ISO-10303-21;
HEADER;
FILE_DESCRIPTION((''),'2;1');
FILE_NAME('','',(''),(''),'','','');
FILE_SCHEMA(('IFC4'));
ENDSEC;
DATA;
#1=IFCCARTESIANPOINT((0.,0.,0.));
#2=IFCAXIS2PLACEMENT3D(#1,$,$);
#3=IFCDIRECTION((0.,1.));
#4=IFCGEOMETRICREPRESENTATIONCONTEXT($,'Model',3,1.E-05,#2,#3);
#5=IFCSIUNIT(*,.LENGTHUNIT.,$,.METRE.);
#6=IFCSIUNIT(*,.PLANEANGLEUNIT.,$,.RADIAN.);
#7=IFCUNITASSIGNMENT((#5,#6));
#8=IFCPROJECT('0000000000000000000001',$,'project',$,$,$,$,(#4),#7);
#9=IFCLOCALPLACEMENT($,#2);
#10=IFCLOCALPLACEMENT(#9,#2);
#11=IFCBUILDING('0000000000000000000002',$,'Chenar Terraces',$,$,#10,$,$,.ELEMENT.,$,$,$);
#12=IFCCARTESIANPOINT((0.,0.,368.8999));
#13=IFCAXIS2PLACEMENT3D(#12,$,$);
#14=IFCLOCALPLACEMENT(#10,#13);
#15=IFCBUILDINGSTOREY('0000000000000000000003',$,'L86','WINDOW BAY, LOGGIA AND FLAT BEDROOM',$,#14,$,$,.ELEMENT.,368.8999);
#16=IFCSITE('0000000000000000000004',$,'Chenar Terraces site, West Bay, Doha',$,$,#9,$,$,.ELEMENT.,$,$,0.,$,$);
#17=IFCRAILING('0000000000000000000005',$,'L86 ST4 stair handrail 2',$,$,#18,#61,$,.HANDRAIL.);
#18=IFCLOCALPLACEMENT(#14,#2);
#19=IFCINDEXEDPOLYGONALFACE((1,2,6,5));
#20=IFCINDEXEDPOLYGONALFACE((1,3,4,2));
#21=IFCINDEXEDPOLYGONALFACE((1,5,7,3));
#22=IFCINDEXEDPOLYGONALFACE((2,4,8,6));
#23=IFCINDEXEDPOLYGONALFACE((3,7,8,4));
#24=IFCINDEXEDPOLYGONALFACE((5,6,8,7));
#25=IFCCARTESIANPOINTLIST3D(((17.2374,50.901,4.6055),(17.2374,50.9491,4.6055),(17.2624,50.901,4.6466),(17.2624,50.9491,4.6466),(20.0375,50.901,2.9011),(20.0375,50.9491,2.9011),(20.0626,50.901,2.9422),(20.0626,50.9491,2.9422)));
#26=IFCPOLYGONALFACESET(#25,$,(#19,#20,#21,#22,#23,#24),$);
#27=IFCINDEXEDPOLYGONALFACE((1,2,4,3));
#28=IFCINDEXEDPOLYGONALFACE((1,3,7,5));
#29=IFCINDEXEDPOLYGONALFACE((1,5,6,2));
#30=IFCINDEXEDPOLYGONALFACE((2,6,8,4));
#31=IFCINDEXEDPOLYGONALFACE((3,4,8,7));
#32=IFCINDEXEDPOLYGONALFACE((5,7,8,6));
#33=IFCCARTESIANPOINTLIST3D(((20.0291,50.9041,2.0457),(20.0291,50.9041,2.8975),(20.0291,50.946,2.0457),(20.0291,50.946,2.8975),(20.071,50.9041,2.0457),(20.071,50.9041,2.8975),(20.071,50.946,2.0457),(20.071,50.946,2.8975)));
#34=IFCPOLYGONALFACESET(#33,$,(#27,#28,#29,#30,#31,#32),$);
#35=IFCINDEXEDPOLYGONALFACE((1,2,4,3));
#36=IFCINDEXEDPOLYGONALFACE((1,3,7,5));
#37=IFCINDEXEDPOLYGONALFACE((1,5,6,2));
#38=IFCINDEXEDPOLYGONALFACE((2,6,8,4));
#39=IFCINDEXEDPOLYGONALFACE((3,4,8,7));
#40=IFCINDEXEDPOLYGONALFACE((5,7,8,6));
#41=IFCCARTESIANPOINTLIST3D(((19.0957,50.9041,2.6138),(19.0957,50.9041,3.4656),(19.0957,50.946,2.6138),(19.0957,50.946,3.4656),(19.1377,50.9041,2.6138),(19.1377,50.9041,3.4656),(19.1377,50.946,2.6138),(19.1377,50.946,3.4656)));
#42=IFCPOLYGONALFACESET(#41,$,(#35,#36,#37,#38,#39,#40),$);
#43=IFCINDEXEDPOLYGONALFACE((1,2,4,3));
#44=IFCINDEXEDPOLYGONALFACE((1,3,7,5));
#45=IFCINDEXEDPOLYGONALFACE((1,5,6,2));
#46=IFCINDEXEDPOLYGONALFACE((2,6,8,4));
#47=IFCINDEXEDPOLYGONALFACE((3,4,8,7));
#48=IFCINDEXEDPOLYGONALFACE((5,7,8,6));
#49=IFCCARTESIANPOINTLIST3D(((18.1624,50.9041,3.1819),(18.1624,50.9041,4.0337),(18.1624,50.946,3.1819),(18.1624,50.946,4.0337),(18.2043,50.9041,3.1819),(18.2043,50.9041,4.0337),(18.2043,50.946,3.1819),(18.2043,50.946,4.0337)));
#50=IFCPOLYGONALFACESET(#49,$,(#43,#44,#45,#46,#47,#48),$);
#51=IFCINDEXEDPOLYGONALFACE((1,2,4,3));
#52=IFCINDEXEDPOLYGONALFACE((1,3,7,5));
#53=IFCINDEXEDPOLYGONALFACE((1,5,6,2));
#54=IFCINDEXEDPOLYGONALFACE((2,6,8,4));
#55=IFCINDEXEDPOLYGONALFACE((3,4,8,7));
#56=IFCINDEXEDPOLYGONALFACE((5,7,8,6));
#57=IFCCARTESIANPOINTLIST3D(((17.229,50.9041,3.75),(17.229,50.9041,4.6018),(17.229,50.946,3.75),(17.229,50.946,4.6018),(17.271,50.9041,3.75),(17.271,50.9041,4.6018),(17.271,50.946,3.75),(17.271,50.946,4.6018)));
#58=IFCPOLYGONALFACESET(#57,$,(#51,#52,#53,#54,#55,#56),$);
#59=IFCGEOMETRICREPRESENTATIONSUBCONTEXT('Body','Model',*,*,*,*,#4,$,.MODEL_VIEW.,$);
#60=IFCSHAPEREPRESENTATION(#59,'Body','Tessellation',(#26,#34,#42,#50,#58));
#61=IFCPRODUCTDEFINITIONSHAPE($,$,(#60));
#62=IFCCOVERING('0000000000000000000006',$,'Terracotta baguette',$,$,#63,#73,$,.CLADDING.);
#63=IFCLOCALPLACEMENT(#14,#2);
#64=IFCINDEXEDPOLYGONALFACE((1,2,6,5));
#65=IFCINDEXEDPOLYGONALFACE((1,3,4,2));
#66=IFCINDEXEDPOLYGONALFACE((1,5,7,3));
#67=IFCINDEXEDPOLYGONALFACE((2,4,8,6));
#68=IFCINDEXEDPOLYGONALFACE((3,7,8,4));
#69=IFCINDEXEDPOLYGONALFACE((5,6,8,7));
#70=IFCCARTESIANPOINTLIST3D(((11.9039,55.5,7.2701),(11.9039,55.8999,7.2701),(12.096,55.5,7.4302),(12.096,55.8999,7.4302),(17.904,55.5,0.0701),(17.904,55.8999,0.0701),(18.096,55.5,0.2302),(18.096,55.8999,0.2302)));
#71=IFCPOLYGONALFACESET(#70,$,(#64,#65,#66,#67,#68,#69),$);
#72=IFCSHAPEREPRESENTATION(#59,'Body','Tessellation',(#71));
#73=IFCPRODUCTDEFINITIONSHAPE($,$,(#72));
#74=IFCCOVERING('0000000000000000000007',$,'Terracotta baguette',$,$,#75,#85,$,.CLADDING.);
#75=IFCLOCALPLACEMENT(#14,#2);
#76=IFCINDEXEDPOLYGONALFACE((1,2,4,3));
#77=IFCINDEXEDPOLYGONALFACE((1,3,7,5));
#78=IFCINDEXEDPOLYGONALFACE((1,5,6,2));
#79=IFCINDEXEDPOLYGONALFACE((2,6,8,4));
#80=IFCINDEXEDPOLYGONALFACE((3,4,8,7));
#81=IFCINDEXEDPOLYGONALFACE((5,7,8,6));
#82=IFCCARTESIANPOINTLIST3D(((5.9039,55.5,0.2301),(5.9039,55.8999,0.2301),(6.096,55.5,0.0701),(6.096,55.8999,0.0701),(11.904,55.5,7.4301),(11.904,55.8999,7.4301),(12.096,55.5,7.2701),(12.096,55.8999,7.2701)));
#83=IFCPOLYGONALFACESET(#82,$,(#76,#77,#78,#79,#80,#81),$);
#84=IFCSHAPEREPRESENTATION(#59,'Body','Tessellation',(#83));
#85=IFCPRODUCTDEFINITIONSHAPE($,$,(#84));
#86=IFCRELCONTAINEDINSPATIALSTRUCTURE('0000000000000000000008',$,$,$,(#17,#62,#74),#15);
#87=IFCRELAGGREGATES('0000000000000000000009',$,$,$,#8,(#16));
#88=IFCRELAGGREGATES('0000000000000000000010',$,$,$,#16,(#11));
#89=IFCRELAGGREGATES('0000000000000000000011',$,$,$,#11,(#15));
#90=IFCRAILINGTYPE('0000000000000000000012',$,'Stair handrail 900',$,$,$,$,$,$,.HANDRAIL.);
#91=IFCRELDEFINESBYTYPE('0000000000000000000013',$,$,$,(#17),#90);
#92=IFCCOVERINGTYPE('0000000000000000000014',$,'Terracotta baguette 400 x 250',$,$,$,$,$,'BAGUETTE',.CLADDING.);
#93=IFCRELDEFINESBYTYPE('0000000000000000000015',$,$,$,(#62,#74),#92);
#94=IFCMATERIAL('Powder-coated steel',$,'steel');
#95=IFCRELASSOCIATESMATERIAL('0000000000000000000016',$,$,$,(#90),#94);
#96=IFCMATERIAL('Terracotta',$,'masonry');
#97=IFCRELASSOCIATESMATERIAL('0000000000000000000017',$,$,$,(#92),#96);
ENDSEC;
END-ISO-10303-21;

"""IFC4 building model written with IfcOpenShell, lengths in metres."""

from ifc_helpers import new_model, si_unit, direction, frame, origin, origin_2d, place, context, subcontext, project, spatial, rectangle, extrude, material, material_profile, profile_set, type_object, element, save


model = new_model("IFC4")

# Units and contexts
model_context = context("Model", 3, precision=1e-05, world=origin(), true_north=direction((0.0, 1.0)))
body_context = subcontext(model_context, "Body", "Model", "MODEL_VIEW")
ifc_project = project(units=[si_unit("LENGTHUNIT", "METRE"), si_unit("PLANEANGLEUNIT", "RADIAN")], contexts=[model_context])

# Site, building, storey
site_placement = place(None, origin())
site = spatial("IfcSite", under=ifc_project, at=site_placement, Name="Chenar Terraces site, West Bay, Doha", CompositionType="ELEMENT", RefElevation=0.0)
building_placement = place(site_placement, origin())
building = spatial("IfcBuilding", under=site, at=building_placement, Name="Chenar Terraces", CompositionType="ELEMENT")
storey_placement = place(building_placement, frame((0.0, 0.0, 368.8999)))
storey = spatial("IfcBuildingStorey", under=building, at=storey_placement, Name="L86", Description="WINDOW BAY, LOGGIA AND FLAT BEDROOM", CompositionType="ELEMENT", Elevation=368.8999)

# Railing
ifc_material_1 = material(Name="Powder-coated steel", Category="steel")
railing_type_1 = type_object("IfcRailingType", Name="Stair handrail 900", PredefinedType="HANDRAIL", material=ifc_material_1)
railing_1_placement = place(storey_placement, frame((20.05, 50.925, 2.0457)))
element("IfcRailing", 1, at=railing_1_placement, inside=storey, type_object=railing_type_1, Name="L86 ST4 stair handrail 2", PredefinedType="HANDRAIL", context=body_context, shape_type="SweptSolid", body=[
    extrude(rectangle(XDim=0.0481, YDim=0.0481, at=origin_2d()), frame((0.0, 0.0, 0.876), z_axis=(-0.854203, 0.0, 0.51994), x_axis=(0.0, -1.0, 0.0)), (0.0, 0.0, 1.0), 3.2781),
    extrude(rectangle(XDim=0.042, YDim=0.042, at=origin_2d()), origin(), (0.0, 0.0, 1.0), 0.8518),
    extrude(rectangle(XDim=0.042, YDim=0.042, at=origin_2d()), frame((-0.9333, 0.0, 0.5681)), (0.0, 0.0, 1.0), 0.8518),
    extrude(rectangle(XDim=0.042, YDim=0.042, at=origin_2d()), frame((-1.8667, 0.0, 1.1362)), (0.0, 0.0, 1.0), 0.8518),
    extrude(rectangle(XDim=0.042, YDim=0.042, at=origin_2d()), frame((-2.8, 0.0, 1.7043)), (0.0, 0.0, 1.0), 0.8518),
])

# Coverings
ifc_material_2 = material(Name="Terracotta", Category="masonry")
ifc_material_profile_1 = material_profile(ifc_material_2, rectangle(XDim=0.3999, YDim=0.25, at=origin_2d()), Name="Terracotta baguette 400 x 250")
ifc_profile_set_1 = profile_set([ifc_material_profile_1], Name="Terracotta")
covering_type = type_object("IfcCoveringType", Name="Terracotta baguette 400 x 250", ElementType="BAGUETTE", PredefinedType="CLADDING", material=ifc_profile_set_1)
for number, where, z_axis, x_axis, name in (
    (2, (18.0, 55.7, 0.1501), (-0.640187, 0.0, 0.768219), (0.0, -1.0, 0.0), "Terracotta baguette"),
    (3, (12.0, 55.7, 7.3501), (-0.640187, 0.0, -0.768219), (0.0, -1.0, 0.0), "Terracotta baguette"),
):
    element("IfcCovering", number, at=place(storey_placement, frame(where, z_axis=z_axis, x_axis=x_axis)), inside=storey, type_object=covering_type, Name=name, PredefinedType="CLADDING", context=body_context, shape_type="SweptSolid", body=[
        extrude(rectangle(XDim=0.3999, YDim=0.25, at=origin_2d()), origin(), (0.0, 0.0, 1.0), 9.3723),
    ])

save(model, "model.ifc")
